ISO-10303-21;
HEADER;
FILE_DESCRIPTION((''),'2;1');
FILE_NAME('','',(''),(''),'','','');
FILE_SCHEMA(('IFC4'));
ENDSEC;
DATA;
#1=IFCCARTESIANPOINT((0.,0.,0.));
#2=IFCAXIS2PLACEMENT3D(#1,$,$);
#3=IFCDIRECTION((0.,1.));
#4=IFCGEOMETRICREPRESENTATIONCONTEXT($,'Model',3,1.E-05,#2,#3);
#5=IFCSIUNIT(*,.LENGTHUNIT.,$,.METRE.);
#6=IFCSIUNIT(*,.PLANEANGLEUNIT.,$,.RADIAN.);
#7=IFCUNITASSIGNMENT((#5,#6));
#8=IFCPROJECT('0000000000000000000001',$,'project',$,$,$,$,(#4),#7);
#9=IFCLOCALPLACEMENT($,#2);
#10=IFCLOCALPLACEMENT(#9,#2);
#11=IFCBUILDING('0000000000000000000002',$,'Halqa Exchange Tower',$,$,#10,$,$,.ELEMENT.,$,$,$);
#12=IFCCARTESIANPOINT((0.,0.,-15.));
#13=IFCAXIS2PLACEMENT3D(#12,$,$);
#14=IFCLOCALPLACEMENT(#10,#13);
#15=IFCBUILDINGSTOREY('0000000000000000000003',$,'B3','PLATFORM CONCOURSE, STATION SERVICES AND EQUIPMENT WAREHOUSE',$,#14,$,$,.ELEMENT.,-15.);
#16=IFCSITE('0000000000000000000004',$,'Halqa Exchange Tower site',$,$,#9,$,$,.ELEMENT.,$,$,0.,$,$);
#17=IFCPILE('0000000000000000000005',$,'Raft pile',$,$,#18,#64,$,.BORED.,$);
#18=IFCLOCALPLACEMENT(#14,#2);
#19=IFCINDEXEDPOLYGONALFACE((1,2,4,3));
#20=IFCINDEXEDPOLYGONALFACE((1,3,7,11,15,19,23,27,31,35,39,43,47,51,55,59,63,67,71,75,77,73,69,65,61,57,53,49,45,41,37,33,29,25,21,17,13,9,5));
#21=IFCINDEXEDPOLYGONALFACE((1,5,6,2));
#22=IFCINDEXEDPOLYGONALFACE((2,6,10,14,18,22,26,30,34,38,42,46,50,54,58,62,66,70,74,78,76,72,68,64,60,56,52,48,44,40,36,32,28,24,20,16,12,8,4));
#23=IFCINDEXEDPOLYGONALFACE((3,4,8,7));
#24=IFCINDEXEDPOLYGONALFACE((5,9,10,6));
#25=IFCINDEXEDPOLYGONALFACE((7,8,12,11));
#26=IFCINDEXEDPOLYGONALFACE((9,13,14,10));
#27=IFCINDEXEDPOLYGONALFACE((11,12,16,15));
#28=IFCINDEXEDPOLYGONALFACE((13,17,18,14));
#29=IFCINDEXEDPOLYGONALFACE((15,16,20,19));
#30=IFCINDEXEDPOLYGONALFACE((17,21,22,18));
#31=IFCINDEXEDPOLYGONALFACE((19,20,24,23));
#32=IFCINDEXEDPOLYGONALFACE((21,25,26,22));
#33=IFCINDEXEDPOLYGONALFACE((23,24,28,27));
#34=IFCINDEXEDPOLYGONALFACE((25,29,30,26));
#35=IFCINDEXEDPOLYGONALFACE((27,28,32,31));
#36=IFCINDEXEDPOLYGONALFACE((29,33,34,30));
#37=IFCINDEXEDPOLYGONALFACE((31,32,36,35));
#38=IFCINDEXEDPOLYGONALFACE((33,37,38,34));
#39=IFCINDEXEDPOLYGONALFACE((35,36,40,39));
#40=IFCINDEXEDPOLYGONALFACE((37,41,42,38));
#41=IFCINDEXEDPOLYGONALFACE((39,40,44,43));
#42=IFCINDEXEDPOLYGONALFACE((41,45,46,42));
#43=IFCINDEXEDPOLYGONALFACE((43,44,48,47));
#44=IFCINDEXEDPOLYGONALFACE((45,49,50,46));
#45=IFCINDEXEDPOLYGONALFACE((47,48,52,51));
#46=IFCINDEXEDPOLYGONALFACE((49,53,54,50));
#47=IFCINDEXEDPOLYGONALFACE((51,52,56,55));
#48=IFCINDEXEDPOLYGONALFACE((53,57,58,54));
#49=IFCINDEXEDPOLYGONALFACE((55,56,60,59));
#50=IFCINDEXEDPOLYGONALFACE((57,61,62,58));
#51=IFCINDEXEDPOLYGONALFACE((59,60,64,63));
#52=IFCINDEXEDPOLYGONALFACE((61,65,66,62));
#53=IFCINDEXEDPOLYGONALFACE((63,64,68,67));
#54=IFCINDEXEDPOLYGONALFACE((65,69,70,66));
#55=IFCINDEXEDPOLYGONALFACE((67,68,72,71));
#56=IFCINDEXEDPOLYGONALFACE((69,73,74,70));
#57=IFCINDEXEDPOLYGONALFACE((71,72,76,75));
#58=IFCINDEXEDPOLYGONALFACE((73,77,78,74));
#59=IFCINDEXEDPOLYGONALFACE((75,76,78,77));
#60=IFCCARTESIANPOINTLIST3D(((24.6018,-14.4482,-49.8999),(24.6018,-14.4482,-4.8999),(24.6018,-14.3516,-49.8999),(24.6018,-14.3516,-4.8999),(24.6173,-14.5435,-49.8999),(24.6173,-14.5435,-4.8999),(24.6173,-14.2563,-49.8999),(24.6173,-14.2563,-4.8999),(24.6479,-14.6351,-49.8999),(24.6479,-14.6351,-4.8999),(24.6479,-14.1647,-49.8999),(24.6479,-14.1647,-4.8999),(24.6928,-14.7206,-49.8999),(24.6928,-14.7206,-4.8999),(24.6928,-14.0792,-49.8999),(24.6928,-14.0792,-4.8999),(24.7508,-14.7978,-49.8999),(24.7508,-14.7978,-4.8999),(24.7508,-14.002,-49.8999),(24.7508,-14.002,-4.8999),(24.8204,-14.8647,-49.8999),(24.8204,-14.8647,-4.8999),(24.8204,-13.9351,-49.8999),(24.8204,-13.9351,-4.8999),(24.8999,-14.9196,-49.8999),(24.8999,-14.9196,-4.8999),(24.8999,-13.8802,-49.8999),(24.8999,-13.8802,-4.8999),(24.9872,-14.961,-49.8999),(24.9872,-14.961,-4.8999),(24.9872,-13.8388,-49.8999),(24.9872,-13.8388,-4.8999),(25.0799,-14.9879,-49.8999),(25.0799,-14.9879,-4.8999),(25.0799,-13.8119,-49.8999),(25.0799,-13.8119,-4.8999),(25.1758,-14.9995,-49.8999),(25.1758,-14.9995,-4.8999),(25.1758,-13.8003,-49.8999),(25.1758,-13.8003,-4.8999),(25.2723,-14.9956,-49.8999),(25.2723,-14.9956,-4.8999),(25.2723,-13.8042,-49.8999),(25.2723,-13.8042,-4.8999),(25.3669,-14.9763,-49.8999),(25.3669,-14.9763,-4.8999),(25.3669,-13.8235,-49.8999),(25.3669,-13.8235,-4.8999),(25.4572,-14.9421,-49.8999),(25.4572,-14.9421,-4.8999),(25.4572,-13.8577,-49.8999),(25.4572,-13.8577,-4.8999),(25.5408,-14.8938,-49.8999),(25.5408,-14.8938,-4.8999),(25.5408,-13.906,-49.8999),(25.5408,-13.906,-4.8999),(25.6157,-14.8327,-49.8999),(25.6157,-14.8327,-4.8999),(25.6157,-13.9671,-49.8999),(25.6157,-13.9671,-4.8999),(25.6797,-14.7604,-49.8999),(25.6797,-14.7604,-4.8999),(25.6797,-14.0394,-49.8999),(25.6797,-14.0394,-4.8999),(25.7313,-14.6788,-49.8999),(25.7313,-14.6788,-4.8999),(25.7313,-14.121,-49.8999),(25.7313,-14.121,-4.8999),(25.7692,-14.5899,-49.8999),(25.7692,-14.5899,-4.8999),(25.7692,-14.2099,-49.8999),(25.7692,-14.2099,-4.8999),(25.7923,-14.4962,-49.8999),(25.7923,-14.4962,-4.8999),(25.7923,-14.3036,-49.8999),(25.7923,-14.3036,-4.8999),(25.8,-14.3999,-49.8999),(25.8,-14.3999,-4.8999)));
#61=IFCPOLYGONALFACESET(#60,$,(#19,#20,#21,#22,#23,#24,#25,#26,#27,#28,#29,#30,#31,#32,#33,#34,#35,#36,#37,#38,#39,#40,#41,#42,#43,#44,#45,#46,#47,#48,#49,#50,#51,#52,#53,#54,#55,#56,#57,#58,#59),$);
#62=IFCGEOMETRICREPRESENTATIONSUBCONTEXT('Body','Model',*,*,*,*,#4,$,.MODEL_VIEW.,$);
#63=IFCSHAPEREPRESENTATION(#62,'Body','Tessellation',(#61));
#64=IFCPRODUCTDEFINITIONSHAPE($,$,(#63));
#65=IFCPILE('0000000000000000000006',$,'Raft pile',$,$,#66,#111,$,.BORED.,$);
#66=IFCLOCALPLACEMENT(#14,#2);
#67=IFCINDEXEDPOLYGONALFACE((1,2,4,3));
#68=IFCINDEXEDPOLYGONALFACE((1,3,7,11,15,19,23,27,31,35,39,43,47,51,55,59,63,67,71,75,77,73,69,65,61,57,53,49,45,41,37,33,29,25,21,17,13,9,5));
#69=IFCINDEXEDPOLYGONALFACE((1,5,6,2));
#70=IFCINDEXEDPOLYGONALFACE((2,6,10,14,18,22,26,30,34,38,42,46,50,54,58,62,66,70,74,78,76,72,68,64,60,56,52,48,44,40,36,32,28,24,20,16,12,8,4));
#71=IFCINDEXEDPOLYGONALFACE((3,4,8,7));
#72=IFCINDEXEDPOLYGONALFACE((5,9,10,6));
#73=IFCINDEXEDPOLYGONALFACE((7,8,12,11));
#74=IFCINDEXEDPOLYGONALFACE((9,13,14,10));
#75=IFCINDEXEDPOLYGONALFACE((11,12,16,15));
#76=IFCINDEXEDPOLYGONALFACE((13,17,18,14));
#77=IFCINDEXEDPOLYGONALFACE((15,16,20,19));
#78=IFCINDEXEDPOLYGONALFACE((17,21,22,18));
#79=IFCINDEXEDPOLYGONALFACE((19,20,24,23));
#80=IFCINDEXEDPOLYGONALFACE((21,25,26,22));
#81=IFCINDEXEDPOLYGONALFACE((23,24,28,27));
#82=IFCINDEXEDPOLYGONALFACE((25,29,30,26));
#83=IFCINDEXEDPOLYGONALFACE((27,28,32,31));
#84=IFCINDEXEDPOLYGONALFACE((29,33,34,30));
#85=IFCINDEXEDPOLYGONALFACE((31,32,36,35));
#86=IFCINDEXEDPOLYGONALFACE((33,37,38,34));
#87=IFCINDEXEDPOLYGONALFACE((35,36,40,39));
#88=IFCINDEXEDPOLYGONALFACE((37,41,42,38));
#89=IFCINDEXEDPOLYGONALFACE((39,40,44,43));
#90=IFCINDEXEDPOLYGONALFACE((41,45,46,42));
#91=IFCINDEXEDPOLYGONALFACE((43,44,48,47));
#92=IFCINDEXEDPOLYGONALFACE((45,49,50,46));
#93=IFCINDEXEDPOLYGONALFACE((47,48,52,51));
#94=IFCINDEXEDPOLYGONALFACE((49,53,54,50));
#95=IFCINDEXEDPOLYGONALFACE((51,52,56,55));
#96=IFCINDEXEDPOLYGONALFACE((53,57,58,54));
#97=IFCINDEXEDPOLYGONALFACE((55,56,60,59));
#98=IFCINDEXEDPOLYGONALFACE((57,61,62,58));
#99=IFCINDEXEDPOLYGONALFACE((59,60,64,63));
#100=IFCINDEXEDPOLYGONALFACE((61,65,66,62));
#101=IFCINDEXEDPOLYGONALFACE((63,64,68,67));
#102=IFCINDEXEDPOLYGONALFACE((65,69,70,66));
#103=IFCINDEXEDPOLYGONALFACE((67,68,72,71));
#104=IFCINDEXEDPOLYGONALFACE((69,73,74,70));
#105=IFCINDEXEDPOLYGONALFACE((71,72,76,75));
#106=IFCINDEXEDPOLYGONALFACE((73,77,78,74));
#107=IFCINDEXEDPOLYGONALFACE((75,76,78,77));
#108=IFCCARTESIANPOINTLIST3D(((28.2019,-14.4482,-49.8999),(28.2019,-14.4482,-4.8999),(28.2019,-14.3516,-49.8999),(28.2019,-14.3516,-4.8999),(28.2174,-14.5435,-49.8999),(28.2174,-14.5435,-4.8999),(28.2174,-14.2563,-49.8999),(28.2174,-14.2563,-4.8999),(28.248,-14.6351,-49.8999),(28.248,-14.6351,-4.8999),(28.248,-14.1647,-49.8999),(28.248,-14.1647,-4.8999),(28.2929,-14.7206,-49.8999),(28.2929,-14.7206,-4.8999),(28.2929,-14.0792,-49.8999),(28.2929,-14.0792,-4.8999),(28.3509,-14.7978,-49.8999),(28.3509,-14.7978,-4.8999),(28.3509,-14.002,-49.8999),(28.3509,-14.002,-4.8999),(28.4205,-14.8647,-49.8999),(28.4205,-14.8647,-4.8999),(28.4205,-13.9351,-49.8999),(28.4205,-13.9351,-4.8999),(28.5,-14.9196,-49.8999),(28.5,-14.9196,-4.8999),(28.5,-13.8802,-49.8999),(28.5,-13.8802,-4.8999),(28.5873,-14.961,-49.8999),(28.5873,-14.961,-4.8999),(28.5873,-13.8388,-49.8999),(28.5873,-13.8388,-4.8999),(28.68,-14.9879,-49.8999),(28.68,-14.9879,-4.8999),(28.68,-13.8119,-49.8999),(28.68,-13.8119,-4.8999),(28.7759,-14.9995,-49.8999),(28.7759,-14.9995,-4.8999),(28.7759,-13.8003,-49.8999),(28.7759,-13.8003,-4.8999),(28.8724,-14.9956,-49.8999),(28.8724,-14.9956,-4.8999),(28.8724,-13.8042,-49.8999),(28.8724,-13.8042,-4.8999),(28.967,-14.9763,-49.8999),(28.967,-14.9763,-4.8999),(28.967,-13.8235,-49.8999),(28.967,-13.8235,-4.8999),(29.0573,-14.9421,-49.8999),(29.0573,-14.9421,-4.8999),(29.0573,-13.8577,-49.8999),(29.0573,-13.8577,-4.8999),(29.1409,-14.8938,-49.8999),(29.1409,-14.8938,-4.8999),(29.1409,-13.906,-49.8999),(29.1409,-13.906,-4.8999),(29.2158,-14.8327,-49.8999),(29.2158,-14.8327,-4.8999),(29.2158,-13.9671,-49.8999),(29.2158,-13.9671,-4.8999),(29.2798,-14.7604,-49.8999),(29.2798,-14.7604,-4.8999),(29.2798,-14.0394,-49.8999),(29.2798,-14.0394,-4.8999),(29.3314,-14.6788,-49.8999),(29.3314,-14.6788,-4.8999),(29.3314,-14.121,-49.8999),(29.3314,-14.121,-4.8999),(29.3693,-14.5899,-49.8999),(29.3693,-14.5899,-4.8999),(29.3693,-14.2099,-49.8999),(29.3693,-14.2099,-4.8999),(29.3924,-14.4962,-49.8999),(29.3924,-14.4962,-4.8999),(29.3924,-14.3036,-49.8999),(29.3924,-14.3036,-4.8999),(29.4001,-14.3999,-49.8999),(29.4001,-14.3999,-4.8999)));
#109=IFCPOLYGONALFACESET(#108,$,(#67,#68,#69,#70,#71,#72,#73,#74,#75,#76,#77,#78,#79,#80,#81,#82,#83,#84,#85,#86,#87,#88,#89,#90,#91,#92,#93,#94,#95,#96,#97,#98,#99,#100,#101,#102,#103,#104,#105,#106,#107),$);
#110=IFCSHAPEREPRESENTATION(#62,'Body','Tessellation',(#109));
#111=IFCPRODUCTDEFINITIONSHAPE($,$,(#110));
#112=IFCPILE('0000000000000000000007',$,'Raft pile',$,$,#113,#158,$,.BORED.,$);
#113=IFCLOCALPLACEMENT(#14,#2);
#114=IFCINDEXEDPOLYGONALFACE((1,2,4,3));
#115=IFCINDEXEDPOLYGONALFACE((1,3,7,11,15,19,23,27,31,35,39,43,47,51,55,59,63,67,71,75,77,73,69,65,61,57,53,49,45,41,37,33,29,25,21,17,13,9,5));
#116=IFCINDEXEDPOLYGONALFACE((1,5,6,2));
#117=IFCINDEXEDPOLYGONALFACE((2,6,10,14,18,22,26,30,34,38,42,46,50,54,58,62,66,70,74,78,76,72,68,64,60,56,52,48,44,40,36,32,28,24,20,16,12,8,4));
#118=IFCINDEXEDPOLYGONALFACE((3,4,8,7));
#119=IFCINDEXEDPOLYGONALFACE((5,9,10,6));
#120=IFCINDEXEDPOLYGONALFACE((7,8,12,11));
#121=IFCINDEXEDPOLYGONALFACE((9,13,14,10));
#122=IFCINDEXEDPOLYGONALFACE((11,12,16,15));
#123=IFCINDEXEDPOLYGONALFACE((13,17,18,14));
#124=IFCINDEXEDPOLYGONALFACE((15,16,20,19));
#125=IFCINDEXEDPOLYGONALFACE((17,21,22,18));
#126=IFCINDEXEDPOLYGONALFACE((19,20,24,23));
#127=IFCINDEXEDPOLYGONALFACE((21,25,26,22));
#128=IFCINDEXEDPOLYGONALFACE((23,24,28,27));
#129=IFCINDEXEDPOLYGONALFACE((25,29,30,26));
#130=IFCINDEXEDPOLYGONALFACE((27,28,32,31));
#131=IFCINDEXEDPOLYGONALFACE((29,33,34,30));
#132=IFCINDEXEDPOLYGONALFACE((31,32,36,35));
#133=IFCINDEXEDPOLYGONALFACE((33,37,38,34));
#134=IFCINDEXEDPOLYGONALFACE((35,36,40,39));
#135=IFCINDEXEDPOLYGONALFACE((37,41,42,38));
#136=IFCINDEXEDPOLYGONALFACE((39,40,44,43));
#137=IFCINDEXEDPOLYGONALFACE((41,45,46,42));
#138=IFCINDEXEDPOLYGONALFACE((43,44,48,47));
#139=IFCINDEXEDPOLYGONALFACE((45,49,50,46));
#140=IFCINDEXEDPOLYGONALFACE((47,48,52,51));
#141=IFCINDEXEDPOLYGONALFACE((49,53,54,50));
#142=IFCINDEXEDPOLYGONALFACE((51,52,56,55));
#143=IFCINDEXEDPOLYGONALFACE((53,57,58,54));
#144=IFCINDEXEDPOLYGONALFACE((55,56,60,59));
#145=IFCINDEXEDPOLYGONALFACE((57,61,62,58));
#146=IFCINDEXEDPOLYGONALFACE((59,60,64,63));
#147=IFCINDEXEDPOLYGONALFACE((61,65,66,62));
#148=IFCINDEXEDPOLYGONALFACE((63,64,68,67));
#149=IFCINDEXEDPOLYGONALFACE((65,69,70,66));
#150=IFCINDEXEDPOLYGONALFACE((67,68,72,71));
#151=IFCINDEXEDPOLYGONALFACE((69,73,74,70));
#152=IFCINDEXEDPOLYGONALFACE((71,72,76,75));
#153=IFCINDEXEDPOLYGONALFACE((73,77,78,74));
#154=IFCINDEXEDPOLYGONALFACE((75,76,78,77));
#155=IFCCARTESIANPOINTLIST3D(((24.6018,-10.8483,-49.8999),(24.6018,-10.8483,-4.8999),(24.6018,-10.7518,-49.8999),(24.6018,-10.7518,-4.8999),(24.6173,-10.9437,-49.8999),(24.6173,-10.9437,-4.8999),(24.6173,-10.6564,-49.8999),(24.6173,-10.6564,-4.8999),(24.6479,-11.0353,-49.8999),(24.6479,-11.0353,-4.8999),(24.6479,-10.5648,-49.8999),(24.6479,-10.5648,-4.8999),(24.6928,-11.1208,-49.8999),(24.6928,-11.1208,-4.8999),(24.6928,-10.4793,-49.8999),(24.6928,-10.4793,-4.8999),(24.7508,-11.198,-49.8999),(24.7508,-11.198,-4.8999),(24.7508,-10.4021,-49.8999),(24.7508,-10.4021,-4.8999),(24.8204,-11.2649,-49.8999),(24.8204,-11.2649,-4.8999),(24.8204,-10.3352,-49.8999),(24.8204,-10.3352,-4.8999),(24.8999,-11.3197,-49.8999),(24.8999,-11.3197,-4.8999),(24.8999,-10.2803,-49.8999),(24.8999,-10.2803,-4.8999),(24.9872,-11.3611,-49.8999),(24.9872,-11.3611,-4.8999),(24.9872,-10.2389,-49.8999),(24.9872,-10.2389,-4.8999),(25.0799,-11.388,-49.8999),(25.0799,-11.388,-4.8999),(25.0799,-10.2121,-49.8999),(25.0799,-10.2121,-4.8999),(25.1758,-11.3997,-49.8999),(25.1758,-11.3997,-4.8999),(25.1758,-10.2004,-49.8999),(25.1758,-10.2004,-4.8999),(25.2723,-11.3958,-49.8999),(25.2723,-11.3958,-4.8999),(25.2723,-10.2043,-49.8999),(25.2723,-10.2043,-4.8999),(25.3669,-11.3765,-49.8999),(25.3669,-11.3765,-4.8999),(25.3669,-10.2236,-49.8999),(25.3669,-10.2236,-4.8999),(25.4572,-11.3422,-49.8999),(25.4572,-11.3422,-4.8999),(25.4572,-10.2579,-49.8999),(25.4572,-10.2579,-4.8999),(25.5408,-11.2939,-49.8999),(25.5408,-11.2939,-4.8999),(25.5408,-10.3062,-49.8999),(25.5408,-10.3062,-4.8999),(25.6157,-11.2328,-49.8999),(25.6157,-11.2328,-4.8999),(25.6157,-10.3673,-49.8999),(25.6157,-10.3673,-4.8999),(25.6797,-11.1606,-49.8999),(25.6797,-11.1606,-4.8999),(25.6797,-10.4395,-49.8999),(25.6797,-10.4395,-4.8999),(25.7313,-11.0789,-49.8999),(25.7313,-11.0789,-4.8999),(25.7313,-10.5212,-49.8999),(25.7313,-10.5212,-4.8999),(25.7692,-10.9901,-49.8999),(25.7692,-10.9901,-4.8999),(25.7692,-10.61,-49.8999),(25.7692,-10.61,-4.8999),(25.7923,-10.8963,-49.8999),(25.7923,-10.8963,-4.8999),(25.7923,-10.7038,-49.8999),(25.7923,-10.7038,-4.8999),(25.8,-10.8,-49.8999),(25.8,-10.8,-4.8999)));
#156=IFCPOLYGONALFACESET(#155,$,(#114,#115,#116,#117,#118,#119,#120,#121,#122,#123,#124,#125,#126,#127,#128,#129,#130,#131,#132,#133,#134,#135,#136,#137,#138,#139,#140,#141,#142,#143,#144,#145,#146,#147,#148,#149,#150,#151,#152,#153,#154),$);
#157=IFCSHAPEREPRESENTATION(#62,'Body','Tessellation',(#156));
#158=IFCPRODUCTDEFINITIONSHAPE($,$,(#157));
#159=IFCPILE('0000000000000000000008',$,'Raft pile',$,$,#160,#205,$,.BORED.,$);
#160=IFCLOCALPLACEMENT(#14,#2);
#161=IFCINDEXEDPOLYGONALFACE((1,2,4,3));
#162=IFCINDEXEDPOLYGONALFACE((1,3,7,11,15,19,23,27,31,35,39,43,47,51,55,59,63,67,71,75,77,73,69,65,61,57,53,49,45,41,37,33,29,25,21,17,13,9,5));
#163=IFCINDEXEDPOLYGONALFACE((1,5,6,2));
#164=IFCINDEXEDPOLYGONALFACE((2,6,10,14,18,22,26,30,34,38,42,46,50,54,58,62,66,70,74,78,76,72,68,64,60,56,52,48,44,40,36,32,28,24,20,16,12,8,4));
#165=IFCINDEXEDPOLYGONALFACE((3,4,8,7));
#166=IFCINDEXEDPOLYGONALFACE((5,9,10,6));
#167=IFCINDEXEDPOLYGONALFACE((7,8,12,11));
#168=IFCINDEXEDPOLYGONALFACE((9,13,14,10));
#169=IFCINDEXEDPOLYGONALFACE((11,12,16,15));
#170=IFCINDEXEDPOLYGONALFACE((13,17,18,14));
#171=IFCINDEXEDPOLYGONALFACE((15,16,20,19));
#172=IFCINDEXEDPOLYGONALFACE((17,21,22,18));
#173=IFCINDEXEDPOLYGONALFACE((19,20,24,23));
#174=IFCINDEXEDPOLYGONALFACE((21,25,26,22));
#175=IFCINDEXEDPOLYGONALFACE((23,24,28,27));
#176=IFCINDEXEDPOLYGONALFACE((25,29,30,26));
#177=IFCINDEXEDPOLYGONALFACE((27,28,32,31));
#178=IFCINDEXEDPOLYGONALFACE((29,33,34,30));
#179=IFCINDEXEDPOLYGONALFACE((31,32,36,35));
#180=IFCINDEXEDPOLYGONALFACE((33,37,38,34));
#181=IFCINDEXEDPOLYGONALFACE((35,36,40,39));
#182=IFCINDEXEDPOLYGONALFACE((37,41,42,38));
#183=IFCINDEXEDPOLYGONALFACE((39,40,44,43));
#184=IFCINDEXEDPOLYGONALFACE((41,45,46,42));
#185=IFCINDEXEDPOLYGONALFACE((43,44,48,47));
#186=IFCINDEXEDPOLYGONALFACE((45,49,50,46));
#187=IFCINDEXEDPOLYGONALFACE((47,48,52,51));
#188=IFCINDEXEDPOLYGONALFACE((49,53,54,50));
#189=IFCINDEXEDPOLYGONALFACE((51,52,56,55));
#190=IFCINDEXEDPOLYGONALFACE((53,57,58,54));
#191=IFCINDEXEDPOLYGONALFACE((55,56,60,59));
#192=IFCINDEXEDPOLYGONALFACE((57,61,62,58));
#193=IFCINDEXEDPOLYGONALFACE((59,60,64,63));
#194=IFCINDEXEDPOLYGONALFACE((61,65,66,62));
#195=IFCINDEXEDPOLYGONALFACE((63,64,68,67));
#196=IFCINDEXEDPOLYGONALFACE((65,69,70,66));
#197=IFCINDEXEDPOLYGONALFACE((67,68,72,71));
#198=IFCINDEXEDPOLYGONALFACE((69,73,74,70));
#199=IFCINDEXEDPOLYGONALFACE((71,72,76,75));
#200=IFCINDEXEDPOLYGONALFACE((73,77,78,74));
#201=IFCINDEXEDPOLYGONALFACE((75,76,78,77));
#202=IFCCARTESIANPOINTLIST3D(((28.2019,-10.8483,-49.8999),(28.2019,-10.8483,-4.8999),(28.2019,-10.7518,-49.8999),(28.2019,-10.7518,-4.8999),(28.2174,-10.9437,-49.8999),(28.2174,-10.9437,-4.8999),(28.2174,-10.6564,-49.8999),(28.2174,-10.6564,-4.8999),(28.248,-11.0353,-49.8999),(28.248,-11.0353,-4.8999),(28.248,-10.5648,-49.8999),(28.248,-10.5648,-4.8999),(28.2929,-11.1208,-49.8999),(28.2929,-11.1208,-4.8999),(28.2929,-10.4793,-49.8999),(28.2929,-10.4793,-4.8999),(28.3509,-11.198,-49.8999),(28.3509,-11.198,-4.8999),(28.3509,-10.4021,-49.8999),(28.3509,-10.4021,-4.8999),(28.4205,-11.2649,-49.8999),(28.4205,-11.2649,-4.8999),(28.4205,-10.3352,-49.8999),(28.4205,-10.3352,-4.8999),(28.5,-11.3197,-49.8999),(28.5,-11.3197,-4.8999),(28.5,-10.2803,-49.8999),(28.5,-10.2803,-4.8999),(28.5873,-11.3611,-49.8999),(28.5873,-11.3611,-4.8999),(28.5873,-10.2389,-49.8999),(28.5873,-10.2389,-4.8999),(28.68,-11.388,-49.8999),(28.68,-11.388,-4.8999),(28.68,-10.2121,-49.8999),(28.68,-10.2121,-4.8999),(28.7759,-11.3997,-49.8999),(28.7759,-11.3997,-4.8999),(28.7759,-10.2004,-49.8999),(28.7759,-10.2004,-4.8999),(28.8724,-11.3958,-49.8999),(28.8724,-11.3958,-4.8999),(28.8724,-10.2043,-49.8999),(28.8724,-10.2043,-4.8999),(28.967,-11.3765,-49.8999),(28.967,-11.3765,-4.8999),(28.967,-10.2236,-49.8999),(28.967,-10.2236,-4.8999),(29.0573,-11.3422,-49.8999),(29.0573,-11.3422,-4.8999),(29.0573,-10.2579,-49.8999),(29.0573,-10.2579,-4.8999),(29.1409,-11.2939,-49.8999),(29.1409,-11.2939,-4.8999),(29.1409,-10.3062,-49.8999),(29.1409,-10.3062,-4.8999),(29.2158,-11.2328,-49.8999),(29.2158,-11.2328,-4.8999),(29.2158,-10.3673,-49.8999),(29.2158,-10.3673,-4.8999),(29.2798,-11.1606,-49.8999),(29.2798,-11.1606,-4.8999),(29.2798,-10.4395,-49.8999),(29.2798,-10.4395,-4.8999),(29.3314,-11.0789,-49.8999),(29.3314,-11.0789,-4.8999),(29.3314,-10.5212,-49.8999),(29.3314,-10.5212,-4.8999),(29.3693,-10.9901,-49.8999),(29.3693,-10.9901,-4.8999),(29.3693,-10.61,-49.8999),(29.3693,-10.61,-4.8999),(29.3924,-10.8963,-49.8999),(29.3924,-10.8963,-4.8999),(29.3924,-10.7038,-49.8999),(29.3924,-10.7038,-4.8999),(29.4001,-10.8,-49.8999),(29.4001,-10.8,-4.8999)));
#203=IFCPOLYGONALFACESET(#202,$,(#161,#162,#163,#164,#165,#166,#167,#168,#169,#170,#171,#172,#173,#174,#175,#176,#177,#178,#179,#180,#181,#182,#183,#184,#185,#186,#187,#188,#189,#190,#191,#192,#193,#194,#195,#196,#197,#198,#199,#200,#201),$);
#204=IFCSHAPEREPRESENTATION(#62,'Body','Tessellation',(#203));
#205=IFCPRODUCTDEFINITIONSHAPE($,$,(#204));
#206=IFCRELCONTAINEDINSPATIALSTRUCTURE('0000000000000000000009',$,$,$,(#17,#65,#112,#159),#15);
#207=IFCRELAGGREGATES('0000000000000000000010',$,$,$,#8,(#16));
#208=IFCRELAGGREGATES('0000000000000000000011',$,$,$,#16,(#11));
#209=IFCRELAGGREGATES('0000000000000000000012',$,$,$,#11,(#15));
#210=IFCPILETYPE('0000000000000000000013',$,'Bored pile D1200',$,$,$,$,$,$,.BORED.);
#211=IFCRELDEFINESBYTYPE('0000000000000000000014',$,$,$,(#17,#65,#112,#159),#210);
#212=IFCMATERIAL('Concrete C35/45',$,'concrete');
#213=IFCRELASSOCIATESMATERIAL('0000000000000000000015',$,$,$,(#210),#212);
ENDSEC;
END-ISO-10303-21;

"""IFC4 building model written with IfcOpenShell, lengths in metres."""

from ifc_helpers import new_model, si_unit, direction, frame, origin, origin_2d, place, context, subcontext, project, spatial, circle, extrude, material, material_profile, profile_set, type_object, element, save


model = new_model("IFC4")

# Units and contexts
model_context = context("Model", 3, precision=1e-05, world=origin(), true_north=direction((0.0, 1.0)))
body_context = subcontext(model_context, "Body", "Model", "MODEL_VIEW")
ifc_project = project(units=[si_unit("LENGTHUNIT", "METRE"), si_unit("PLANEANGLEUNIT", "RADIAN")], contexts=[model_context])

# Site, building, storey
site_placement = place(None, origin())
site = spatial("IfcSite", under=ifc_project, at=site_placement, Name="Halqa Exchange Tower site", CompositionType="ELEMENT", RefElevation=0.0)
building_placement = place(site_placement, origin())
building = spatial("IfcBuilding", under=site, at=building_placement, Name="Halqa Exchange Tower", CompositionType="ELEMENT")
storey_placement = place(building_placement, frame((0.0, 0.0, -15.0)))
storey = spatial("IfcBuildingStorey", under=building, at=storey_placement, Name="B3", Description="PLATFORM CONCOURSE, STATION SERVICES AND EQUIPMENT WAREHOUSE", CompositionType="ELEMENT", Elevation=-15.0)

# Piles
ifc_material_1 = material(Name="Concrete C35/45", Category="concrete")
ifc_material_profile_1 = material_profile(ifc_material_1, circle(Radius=0.6001, at=origin_2d()), Name="D1200")
ifc_profile_set_1 = profile_set([ifc_material_profile_1], Name="Concrete C35/45")
pile_type_1 = type_object("IfcPileType", Name="Bored pile D1200", PredefinedType="BORED", material=ifc_profile_set_1)
for number, where, z_axis, x_axis, name in (
    (1, (25.2, -14.3999, -4.8999), (0.0, 0.0, -1.0), (1.0, 0.0, 0.0), "Raft pile"),
    (2, (28.8, -14.3999, -4.8999), (0.0, 0.0, -1.0), (1.0, 0.0, 0.0), "Raft pile"),
    (3, (25.2, -10.8, -4.8999), (0.0, 0.0, -1.0), (1.0, 0.0, 0.0), "Raft pile"),
    (4, (28.8, -10.8, -4.8999), (0.0, 0.0, -1.0), (1.0, 0.0, 0.0), "Raft pile"),
):
    element("IfcPile", number, at=place(storey_placement, frame(where, z_axis=z_axis, x_axis=x_axis)), inside=storey, type_object=pile_type_1, Name=name, PredefinedType="BORED", context=body_context, shape_type="SweptSolid", body=[
        extrude(circle(Radius=0.6001, at=origin_2d()), origin(), (0.0, 0.0, 1.0), 45.0),
    ])

save(model, "model.ifc")
